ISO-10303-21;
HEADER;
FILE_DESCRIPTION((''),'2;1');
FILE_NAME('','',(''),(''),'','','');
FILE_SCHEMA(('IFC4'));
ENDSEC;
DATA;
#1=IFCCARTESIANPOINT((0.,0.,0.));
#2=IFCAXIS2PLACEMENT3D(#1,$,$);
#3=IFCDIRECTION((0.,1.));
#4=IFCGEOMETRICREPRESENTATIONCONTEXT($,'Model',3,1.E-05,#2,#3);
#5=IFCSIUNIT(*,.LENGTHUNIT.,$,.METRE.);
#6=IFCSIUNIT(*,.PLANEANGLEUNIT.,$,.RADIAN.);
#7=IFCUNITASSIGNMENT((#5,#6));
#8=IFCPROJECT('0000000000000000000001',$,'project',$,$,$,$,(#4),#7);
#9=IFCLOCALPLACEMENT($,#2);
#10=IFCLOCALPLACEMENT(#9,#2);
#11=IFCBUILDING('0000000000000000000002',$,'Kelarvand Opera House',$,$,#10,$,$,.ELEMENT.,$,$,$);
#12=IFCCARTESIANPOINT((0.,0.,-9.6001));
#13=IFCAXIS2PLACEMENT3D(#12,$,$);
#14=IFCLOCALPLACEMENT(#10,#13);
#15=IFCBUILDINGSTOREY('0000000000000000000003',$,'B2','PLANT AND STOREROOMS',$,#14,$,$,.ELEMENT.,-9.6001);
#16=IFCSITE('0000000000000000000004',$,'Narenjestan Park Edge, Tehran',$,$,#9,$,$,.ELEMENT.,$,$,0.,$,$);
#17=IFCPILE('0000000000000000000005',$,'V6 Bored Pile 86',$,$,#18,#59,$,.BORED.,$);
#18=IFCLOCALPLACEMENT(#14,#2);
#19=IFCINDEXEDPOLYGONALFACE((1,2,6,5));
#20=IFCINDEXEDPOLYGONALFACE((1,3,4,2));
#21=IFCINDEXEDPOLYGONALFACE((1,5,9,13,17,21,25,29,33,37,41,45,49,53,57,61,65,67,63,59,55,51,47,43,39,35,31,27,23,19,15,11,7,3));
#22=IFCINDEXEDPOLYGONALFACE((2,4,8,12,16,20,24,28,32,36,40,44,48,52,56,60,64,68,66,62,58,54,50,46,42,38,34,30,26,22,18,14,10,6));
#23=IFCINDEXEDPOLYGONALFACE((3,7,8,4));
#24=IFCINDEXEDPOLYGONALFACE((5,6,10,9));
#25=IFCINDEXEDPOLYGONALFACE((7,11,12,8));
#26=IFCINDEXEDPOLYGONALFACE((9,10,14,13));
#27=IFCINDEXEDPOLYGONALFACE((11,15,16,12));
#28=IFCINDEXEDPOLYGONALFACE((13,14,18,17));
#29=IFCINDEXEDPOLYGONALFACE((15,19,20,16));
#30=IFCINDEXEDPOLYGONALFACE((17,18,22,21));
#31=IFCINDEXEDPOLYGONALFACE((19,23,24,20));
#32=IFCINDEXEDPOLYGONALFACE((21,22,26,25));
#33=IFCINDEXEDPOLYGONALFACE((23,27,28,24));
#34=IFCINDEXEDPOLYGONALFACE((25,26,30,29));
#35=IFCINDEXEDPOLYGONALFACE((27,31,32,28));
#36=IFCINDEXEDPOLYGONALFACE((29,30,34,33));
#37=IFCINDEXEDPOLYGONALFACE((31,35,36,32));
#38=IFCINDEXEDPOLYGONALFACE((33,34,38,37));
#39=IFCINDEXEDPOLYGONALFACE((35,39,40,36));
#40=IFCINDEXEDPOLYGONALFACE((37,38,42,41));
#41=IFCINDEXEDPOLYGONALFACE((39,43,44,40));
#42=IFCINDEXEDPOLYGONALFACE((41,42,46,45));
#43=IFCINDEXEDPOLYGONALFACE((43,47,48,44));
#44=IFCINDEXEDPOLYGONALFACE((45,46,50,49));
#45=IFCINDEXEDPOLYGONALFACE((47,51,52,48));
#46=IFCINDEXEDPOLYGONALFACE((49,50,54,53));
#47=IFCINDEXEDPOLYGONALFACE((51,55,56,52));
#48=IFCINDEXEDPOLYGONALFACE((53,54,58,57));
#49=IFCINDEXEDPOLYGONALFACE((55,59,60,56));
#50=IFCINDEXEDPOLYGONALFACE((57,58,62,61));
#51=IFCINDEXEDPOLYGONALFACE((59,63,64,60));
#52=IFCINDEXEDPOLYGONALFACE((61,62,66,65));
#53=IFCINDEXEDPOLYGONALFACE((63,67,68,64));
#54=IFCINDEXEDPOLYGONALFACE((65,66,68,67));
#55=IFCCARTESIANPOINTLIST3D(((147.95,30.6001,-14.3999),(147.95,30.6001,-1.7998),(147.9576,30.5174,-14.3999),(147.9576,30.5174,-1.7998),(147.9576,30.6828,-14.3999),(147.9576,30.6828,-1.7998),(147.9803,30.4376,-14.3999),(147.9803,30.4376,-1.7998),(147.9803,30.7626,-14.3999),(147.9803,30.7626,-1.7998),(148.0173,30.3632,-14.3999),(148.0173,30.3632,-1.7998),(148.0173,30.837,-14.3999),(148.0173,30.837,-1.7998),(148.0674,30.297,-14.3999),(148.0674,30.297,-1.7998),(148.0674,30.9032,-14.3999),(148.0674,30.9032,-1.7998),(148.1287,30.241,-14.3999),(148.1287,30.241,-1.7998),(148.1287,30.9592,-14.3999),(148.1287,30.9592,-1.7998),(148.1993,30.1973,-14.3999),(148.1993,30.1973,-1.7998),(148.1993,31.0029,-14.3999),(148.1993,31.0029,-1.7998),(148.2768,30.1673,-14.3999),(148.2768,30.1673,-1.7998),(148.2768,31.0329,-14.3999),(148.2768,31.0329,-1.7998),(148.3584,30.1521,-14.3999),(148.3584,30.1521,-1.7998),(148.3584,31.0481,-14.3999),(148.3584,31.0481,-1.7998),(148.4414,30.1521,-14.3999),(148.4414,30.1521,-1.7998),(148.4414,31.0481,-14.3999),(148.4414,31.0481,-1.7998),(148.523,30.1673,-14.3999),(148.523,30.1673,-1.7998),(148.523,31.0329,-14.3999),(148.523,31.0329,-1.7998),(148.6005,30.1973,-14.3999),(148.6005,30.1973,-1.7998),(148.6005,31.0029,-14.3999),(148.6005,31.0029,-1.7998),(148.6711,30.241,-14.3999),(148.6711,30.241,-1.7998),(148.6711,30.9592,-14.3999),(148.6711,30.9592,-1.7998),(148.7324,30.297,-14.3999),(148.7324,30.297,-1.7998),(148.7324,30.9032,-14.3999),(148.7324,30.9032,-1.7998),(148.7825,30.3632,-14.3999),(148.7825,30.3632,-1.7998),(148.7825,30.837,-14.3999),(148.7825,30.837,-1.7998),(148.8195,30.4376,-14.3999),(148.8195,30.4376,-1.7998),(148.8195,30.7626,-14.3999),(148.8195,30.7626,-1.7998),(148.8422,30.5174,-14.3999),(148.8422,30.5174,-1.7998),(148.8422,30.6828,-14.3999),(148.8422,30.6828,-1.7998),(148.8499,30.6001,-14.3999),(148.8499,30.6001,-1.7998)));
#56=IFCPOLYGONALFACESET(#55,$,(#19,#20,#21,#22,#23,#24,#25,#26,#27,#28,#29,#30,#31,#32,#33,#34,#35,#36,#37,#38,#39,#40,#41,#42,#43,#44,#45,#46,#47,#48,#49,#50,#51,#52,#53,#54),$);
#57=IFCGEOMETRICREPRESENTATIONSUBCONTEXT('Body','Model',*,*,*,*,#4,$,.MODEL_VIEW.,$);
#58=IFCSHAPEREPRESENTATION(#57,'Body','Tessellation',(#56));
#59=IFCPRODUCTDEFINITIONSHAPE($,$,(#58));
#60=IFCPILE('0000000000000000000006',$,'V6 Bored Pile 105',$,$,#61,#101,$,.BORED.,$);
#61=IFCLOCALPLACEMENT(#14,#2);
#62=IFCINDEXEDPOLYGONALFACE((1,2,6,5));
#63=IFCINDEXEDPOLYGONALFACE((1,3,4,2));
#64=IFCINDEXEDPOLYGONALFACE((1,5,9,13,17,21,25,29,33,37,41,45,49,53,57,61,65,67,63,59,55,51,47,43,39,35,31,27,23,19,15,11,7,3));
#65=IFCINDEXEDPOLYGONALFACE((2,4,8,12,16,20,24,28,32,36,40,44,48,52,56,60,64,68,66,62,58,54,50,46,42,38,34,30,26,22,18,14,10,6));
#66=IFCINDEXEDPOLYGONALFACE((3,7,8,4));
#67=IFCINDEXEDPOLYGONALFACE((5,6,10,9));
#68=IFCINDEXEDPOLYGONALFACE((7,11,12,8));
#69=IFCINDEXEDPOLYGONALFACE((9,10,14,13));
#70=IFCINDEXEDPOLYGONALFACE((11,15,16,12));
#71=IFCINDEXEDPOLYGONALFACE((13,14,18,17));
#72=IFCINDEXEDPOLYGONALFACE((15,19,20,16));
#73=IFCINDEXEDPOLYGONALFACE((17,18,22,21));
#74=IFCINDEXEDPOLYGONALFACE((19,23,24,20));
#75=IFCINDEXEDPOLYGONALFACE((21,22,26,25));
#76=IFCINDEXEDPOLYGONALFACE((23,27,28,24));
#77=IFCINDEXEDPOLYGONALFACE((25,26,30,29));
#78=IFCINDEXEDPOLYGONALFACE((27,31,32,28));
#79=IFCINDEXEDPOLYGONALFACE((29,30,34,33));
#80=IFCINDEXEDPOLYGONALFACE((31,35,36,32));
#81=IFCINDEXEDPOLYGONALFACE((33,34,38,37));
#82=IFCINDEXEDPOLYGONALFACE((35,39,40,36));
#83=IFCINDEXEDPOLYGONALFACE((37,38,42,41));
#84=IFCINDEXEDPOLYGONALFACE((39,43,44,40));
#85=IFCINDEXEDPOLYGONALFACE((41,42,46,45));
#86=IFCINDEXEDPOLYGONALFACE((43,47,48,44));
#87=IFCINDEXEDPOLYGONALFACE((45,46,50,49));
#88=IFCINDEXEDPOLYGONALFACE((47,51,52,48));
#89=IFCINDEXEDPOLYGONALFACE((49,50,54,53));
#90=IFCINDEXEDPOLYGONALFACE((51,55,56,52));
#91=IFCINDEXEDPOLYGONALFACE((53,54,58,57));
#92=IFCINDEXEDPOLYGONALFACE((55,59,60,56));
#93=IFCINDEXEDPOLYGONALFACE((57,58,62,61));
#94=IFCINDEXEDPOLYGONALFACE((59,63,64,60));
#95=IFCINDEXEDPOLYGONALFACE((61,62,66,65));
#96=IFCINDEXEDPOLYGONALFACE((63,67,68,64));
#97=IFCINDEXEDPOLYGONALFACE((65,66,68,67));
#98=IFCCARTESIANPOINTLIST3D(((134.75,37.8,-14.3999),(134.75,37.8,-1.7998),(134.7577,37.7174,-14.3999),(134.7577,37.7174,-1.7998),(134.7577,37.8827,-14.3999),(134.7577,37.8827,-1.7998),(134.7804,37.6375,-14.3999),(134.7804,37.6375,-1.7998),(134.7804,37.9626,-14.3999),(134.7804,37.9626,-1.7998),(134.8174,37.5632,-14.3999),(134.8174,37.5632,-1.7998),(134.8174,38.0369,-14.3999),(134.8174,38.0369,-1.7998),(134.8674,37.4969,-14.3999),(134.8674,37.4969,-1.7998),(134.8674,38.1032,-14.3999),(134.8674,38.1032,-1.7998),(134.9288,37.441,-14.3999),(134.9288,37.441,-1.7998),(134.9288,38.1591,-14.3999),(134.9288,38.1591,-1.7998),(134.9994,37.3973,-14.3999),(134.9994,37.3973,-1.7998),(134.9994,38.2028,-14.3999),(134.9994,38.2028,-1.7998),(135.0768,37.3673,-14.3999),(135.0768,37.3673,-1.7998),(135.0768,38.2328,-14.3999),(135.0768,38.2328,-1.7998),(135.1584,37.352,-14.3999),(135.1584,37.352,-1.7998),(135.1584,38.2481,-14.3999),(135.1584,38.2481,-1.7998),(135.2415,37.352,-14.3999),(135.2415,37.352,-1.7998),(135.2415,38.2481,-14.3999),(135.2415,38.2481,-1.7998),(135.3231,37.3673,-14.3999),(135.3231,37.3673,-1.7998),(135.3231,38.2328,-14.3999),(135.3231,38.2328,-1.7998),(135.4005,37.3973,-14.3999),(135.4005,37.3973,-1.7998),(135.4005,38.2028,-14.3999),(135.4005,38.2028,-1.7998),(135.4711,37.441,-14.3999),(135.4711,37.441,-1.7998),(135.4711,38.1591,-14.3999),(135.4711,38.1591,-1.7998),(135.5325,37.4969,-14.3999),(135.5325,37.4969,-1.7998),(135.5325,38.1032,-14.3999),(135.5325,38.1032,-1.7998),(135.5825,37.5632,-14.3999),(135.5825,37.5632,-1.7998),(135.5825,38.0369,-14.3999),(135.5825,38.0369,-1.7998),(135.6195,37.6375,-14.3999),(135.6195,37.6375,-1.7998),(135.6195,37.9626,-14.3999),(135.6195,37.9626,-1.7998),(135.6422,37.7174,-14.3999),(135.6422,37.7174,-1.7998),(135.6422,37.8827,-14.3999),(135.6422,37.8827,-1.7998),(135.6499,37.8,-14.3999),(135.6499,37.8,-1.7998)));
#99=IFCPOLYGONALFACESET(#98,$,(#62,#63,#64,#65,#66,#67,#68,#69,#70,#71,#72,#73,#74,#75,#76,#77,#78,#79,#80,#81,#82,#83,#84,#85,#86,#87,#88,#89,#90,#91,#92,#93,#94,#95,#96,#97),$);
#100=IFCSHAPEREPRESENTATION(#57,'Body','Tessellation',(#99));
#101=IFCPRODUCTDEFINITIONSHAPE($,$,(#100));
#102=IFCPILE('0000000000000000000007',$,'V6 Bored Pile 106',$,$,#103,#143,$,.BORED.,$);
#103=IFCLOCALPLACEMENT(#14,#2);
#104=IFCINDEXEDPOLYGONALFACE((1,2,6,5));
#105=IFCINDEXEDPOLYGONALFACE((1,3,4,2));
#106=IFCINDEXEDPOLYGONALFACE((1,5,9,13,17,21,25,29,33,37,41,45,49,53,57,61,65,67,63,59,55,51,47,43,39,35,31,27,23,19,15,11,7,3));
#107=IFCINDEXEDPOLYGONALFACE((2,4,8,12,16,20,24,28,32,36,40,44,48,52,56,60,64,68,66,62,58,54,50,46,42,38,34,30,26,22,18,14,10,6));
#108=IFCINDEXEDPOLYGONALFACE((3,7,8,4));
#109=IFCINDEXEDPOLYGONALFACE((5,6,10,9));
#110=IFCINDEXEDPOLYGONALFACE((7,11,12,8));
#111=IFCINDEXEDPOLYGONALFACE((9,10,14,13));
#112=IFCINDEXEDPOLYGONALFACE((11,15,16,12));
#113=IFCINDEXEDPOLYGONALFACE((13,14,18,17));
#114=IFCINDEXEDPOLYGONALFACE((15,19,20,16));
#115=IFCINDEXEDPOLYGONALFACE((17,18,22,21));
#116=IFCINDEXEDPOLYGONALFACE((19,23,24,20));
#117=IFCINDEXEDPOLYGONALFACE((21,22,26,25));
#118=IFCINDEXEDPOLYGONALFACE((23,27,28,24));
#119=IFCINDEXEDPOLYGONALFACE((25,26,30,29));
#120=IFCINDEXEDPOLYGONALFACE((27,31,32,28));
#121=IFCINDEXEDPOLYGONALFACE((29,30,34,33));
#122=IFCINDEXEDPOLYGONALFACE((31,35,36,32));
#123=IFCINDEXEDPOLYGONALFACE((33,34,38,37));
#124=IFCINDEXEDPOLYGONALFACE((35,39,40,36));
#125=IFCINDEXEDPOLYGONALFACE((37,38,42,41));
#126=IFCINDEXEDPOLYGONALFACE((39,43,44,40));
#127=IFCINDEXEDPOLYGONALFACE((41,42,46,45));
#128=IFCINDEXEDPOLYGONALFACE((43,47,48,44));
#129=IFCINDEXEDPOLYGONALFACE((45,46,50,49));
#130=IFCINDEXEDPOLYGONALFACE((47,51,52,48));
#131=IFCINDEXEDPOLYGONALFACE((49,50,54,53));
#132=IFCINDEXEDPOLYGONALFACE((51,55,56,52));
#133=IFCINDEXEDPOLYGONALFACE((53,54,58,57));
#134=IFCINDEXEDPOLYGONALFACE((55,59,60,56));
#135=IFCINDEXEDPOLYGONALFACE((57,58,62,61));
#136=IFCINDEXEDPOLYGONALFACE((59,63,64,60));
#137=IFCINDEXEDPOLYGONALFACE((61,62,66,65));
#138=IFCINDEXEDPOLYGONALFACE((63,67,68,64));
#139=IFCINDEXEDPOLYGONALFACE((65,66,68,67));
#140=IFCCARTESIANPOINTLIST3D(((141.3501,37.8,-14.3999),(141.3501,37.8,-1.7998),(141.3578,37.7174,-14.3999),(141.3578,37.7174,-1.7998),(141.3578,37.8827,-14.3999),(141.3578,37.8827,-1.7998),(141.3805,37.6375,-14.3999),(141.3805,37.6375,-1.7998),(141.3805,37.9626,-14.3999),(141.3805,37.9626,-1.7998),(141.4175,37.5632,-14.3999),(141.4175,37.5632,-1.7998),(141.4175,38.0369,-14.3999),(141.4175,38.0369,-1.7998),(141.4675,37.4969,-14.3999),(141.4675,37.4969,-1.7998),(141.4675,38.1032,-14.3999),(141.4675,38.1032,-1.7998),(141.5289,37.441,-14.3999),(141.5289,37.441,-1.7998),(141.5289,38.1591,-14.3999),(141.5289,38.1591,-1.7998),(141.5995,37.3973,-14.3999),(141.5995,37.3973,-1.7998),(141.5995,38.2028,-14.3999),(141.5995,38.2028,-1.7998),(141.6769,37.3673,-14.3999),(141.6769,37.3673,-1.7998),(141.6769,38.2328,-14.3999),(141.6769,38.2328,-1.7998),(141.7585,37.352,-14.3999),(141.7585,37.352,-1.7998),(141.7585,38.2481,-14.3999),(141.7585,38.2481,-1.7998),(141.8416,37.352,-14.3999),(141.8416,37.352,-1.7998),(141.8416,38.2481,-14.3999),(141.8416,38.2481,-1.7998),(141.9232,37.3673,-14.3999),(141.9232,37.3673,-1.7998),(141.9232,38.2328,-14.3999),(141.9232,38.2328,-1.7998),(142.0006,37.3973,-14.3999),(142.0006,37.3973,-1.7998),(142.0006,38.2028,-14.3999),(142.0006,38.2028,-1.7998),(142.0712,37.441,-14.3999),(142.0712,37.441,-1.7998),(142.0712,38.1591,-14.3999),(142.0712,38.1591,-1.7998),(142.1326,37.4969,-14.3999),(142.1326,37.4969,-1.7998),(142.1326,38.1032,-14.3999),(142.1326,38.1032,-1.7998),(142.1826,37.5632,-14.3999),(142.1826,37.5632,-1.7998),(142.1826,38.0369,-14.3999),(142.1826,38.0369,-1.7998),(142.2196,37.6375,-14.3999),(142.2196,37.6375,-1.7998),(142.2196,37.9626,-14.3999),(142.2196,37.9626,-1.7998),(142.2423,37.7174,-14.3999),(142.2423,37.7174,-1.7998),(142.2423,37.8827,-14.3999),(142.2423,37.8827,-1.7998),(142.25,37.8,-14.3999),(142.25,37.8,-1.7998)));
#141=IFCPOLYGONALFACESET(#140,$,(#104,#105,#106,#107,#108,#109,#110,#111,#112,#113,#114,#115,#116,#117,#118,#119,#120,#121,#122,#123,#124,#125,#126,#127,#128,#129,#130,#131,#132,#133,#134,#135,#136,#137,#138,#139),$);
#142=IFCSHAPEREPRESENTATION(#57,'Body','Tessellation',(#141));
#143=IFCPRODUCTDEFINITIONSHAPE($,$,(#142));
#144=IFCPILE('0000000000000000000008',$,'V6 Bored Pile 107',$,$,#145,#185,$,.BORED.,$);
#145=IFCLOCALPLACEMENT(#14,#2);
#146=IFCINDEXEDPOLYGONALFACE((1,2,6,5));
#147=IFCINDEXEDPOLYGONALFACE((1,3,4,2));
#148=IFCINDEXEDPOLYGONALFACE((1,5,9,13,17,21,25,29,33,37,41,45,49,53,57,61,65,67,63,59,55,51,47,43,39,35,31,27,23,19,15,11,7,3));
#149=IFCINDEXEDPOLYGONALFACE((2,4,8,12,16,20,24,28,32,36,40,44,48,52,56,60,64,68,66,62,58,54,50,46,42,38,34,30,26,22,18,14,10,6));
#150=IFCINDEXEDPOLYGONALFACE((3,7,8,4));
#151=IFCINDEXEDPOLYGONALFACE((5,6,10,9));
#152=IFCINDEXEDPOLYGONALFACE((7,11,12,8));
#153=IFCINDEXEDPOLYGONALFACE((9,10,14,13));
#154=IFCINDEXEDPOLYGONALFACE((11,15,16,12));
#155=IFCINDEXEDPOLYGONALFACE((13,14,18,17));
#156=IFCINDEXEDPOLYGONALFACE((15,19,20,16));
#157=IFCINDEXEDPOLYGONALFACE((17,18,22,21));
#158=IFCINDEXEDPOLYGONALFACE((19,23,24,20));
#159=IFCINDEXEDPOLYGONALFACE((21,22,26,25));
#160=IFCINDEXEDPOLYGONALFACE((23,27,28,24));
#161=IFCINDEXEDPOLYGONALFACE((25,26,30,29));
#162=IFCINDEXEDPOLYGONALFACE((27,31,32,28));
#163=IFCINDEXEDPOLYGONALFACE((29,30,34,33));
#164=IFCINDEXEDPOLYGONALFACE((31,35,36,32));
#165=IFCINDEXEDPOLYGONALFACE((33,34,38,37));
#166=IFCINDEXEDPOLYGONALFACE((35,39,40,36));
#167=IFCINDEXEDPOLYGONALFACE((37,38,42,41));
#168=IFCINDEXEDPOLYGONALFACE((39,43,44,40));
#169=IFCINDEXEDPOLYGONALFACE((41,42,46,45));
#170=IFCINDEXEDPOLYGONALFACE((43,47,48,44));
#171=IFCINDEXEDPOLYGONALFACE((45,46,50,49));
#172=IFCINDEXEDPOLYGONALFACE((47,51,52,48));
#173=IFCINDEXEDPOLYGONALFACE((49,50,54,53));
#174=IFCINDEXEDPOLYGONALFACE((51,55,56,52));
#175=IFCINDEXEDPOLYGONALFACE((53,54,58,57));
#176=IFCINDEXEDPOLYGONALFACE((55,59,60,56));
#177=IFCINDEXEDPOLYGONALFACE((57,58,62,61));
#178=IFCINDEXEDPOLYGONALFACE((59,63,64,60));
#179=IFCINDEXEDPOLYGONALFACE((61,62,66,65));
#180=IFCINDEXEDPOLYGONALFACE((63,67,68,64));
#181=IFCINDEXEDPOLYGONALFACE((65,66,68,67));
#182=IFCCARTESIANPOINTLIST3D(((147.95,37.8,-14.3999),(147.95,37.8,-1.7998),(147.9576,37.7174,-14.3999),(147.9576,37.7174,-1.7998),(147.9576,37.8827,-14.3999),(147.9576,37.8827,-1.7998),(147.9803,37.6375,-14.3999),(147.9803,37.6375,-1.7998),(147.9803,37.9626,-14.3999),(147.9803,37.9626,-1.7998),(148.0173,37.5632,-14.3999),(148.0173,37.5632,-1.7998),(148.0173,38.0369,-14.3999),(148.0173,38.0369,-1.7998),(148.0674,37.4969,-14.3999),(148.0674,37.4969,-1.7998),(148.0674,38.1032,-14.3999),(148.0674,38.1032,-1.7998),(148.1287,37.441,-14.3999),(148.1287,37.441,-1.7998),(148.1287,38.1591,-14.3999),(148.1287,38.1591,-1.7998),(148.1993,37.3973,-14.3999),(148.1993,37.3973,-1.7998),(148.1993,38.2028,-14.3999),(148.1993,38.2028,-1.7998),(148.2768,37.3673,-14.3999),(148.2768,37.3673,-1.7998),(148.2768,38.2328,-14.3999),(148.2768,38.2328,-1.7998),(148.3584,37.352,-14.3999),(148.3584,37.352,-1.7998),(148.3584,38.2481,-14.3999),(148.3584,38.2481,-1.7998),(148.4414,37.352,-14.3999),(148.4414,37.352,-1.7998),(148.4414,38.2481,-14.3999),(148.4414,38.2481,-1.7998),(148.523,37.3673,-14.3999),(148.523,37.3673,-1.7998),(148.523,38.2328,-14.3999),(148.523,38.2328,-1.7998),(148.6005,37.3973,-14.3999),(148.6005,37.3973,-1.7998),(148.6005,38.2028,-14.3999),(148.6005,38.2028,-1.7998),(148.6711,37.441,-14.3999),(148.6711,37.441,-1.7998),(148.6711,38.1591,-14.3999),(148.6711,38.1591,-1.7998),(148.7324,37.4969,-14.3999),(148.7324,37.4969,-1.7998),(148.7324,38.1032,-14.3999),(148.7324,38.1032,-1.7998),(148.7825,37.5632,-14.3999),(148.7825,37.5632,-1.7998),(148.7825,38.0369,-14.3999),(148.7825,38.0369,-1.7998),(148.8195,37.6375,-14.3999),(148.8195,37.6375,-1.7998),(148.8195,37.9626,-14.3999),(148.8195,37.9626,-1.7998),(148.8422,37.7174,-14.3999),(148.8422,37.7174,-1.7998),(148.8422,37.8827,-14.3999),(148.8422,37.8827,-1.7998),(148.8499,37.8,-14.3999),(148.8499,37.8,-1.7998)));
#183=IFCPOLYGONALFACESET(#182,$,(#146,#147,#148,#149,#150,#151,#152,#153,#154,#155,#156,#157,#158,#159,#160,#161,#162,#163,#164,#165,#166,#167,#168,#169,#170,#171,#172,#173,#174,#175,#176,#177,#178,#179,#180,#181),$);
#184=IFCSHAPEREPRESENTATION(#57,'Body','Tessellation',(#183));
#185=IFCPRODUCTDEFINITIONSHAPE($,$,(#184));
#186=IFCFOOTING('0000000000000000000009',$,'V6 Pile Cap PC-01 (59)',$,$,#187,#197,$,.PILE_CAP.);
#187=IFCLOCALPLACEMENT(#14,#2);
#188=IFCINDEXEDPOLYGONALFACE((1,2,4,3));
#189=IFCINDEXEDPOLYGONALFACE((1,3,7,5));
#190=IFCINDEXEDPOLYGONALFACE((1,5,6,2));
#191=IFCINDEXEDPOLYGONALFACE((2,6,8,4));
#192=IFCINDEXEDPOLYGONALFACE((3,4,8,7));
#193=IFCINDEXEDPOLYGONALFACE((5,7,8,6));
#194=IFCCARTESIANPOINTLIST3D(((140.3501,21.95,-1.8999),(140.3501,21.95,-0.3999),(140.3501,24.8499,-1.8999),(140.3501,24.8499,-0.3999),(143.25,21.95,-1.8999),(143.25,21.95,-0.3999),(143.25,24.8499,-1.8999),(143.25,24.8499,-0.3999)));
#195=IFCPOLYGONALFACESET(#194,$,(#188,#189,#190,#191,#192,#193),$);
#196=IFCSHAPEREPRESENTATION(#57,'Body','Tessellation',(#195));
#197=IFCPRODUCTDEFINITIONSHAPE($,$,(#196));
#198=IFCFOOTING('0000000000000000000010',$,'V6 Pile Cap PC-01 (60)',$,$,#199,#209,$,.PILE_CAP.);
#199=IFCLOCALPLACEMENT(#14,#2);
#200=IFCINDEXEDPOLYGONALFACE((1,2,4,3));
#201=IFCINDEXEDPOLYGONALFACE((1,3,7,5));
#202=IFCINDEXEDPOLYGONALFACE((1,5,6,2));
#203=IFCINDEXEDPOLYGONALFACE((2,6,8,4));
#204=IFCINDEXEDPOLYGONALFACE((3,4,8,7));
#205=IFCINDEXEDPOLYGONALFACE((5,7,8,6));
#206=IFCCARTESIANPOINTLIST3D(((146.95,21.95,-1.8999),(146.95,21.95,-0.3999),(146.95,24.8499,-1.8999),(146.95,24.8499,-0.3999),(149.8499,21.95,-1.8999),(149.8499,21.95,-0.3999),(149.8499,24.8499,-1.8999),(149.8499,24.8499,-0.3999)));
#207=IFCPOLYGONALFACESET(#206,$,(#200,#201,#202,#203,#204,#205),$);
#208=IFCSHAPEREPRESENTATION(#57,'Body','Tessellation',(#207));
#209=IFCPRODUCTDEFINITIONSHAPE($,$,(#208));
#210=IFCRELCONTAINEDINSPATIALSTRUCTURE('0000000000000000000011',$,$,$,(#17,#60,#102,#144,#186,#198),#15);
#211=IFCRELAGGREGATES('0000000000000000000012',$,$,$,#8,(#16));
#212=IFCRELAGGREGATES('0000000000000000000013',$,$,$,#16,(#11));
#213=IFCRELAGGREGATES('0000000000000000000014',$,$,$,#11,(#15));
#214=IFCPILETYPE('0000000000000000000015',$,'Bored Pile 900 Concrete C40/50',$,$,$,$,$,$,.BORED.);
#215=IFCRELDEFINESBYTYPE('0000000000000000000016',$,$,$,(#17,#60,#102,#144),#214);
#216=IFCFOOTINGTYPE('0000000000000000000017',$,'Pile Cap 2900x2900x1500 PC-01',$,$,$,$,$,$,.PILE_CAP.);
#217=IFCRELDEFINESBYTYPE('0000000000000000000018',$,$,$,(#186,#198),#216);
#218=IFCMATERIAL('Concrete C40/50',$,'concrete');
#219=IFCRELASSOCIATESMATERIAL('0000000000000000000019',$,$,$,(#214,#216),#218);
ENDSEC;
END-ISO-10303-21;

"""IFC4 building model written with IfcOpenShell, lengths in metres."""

from ifc_helpers import new_model, si_unit, direction, frame, origin, origin_2d, place, context, subcontext, project, spatial, rectangle, circle, extrude, material, material_profile, profile_set, type_object, element, save


model = new_model("IFC4")

# Units and contexts
model_context = context("Model", 3, precision=1e-05, world=origin(), true_north=direction((0.0, 1.0)))
body_context = subcontext(model_context, "Body", "Model", "MODEL_VIEW")
ifc_project = project(units=[si_unit("LENGTHUNIT", "METRE"), si_unit("PLANEANGLEUNIT", "RADIAN")], contexts=[model_context])

# Site, building, storey
site_placement = place(None, origin())
site = spatial("IfcSite", under=ifc_project, at=site_placement, Name="Narenjestan Park Edge, Tehran", CompositionType="ELEMENT", RefElevation=0.0)
building_placement = place(site_placement, origin())
building = spatial("IfcBuilding", under=site, at=building_placement, Name="Kelarvand Opera House", CompositionType="ELEMENT")
storey_placement = place(building_placement, frame((0.0, 0.0, -9.6001)))
storey = spatial("IfcBuildingStorey", under=building, at=storey_placement, Name="B2", Description="PLANT AND STOREROOMS", CompositionType="ELEMENT", Elevation=-9.6001)

# Piles
ifc_material_1 = material(Name="Concrete C40/50", Category="concrete")
ifc_material_profile_1 = material_profile(ifc_material_1, circle(Radius=0.45, at=origin_2d()), Name="BP 900", Category="concrete")
ifc_profile_set_1 = profile_set([ifc_material_profile_1], Name="Concrete C40/50")
pile_type = type_object("IfcPileType", Name="Bored Pile 900 Concrete C40/50", PredefinedType="BORED", material=ifc_profile_set_1)
for number, where, z_axis, x_axis, name in (
    (1, (148.3999, 30.6001, -1.7998), (0.0, 0.0, -1.0), (1.0, 0.0, 0.0), "V6 Bored Pile 86"),
    (2, (135.2, 37.8, -1.7998), (0.0, 0.0, -1.0), (1.0, 0.0, 0.0), "V6 Bored Pile 105"),
    (3, (141.8, 37.8, -1.7998), (0.0, 0.0, -1.0), (1.0, 0.0, 0.0), "V6 Bored Pile 106"),
    (4, (148.3999, 37.8, -1.7998), (0.0, 0.0, -1.0), (1.0, 0.0, 0.0), "V6 Bored Pile 107"),
):
    element("IfcPile", number, at=place(storey_placement, frame(where, z_axis=z_axis, x_axis=x_axis)), inside=storey, type_object=pile_type, Name=name, PredefinedType="BORED", context=body_context, shape_type="SweptSolid", body=[
        extrude(circle(Radius=0.45, at=origin_2d()), origin(), (0.0, 0.0, 1.0), 12.6001),
    ])

# Footings
footing_type = type_object("IfcFootingType", Name="Pile Cap 2900x2900x1500 PC-01", PredefinedType="PILE_CAP", material=ifc_material_1)
for number, where, z_axis, x_axis, name in (
    (5, (141.8, 23.3999, -1.8999), (0.0, 0.0, 1.0), (1.0, 0.0, 0.0), "V6 Pile Cap PC-01 (59)"),
    (6, (148.3999, 23.3999, -1.8999), (0.0, 0.0, 1.0), (1.0, 0.0, 0.0), "V6 Pile Cap PC-01 (60)"),
):
    element("IfcFooting", number, at=place(storey_placement, frame(where, z_axis=z_axis, x_axis=x_axis)), inside=storey, type_object=footing_type, Name=name, PredefinedType="PILE_CAP", context=body_context, shape_type="SweptSolid", body=[
        extrude(rectangle(XDim=2.8999, YDim=2.8999, at=origin_2d()), origin(), (0.0, 0.0, 1.0), 1.5),
    ])

save(model, "model.ifc")
